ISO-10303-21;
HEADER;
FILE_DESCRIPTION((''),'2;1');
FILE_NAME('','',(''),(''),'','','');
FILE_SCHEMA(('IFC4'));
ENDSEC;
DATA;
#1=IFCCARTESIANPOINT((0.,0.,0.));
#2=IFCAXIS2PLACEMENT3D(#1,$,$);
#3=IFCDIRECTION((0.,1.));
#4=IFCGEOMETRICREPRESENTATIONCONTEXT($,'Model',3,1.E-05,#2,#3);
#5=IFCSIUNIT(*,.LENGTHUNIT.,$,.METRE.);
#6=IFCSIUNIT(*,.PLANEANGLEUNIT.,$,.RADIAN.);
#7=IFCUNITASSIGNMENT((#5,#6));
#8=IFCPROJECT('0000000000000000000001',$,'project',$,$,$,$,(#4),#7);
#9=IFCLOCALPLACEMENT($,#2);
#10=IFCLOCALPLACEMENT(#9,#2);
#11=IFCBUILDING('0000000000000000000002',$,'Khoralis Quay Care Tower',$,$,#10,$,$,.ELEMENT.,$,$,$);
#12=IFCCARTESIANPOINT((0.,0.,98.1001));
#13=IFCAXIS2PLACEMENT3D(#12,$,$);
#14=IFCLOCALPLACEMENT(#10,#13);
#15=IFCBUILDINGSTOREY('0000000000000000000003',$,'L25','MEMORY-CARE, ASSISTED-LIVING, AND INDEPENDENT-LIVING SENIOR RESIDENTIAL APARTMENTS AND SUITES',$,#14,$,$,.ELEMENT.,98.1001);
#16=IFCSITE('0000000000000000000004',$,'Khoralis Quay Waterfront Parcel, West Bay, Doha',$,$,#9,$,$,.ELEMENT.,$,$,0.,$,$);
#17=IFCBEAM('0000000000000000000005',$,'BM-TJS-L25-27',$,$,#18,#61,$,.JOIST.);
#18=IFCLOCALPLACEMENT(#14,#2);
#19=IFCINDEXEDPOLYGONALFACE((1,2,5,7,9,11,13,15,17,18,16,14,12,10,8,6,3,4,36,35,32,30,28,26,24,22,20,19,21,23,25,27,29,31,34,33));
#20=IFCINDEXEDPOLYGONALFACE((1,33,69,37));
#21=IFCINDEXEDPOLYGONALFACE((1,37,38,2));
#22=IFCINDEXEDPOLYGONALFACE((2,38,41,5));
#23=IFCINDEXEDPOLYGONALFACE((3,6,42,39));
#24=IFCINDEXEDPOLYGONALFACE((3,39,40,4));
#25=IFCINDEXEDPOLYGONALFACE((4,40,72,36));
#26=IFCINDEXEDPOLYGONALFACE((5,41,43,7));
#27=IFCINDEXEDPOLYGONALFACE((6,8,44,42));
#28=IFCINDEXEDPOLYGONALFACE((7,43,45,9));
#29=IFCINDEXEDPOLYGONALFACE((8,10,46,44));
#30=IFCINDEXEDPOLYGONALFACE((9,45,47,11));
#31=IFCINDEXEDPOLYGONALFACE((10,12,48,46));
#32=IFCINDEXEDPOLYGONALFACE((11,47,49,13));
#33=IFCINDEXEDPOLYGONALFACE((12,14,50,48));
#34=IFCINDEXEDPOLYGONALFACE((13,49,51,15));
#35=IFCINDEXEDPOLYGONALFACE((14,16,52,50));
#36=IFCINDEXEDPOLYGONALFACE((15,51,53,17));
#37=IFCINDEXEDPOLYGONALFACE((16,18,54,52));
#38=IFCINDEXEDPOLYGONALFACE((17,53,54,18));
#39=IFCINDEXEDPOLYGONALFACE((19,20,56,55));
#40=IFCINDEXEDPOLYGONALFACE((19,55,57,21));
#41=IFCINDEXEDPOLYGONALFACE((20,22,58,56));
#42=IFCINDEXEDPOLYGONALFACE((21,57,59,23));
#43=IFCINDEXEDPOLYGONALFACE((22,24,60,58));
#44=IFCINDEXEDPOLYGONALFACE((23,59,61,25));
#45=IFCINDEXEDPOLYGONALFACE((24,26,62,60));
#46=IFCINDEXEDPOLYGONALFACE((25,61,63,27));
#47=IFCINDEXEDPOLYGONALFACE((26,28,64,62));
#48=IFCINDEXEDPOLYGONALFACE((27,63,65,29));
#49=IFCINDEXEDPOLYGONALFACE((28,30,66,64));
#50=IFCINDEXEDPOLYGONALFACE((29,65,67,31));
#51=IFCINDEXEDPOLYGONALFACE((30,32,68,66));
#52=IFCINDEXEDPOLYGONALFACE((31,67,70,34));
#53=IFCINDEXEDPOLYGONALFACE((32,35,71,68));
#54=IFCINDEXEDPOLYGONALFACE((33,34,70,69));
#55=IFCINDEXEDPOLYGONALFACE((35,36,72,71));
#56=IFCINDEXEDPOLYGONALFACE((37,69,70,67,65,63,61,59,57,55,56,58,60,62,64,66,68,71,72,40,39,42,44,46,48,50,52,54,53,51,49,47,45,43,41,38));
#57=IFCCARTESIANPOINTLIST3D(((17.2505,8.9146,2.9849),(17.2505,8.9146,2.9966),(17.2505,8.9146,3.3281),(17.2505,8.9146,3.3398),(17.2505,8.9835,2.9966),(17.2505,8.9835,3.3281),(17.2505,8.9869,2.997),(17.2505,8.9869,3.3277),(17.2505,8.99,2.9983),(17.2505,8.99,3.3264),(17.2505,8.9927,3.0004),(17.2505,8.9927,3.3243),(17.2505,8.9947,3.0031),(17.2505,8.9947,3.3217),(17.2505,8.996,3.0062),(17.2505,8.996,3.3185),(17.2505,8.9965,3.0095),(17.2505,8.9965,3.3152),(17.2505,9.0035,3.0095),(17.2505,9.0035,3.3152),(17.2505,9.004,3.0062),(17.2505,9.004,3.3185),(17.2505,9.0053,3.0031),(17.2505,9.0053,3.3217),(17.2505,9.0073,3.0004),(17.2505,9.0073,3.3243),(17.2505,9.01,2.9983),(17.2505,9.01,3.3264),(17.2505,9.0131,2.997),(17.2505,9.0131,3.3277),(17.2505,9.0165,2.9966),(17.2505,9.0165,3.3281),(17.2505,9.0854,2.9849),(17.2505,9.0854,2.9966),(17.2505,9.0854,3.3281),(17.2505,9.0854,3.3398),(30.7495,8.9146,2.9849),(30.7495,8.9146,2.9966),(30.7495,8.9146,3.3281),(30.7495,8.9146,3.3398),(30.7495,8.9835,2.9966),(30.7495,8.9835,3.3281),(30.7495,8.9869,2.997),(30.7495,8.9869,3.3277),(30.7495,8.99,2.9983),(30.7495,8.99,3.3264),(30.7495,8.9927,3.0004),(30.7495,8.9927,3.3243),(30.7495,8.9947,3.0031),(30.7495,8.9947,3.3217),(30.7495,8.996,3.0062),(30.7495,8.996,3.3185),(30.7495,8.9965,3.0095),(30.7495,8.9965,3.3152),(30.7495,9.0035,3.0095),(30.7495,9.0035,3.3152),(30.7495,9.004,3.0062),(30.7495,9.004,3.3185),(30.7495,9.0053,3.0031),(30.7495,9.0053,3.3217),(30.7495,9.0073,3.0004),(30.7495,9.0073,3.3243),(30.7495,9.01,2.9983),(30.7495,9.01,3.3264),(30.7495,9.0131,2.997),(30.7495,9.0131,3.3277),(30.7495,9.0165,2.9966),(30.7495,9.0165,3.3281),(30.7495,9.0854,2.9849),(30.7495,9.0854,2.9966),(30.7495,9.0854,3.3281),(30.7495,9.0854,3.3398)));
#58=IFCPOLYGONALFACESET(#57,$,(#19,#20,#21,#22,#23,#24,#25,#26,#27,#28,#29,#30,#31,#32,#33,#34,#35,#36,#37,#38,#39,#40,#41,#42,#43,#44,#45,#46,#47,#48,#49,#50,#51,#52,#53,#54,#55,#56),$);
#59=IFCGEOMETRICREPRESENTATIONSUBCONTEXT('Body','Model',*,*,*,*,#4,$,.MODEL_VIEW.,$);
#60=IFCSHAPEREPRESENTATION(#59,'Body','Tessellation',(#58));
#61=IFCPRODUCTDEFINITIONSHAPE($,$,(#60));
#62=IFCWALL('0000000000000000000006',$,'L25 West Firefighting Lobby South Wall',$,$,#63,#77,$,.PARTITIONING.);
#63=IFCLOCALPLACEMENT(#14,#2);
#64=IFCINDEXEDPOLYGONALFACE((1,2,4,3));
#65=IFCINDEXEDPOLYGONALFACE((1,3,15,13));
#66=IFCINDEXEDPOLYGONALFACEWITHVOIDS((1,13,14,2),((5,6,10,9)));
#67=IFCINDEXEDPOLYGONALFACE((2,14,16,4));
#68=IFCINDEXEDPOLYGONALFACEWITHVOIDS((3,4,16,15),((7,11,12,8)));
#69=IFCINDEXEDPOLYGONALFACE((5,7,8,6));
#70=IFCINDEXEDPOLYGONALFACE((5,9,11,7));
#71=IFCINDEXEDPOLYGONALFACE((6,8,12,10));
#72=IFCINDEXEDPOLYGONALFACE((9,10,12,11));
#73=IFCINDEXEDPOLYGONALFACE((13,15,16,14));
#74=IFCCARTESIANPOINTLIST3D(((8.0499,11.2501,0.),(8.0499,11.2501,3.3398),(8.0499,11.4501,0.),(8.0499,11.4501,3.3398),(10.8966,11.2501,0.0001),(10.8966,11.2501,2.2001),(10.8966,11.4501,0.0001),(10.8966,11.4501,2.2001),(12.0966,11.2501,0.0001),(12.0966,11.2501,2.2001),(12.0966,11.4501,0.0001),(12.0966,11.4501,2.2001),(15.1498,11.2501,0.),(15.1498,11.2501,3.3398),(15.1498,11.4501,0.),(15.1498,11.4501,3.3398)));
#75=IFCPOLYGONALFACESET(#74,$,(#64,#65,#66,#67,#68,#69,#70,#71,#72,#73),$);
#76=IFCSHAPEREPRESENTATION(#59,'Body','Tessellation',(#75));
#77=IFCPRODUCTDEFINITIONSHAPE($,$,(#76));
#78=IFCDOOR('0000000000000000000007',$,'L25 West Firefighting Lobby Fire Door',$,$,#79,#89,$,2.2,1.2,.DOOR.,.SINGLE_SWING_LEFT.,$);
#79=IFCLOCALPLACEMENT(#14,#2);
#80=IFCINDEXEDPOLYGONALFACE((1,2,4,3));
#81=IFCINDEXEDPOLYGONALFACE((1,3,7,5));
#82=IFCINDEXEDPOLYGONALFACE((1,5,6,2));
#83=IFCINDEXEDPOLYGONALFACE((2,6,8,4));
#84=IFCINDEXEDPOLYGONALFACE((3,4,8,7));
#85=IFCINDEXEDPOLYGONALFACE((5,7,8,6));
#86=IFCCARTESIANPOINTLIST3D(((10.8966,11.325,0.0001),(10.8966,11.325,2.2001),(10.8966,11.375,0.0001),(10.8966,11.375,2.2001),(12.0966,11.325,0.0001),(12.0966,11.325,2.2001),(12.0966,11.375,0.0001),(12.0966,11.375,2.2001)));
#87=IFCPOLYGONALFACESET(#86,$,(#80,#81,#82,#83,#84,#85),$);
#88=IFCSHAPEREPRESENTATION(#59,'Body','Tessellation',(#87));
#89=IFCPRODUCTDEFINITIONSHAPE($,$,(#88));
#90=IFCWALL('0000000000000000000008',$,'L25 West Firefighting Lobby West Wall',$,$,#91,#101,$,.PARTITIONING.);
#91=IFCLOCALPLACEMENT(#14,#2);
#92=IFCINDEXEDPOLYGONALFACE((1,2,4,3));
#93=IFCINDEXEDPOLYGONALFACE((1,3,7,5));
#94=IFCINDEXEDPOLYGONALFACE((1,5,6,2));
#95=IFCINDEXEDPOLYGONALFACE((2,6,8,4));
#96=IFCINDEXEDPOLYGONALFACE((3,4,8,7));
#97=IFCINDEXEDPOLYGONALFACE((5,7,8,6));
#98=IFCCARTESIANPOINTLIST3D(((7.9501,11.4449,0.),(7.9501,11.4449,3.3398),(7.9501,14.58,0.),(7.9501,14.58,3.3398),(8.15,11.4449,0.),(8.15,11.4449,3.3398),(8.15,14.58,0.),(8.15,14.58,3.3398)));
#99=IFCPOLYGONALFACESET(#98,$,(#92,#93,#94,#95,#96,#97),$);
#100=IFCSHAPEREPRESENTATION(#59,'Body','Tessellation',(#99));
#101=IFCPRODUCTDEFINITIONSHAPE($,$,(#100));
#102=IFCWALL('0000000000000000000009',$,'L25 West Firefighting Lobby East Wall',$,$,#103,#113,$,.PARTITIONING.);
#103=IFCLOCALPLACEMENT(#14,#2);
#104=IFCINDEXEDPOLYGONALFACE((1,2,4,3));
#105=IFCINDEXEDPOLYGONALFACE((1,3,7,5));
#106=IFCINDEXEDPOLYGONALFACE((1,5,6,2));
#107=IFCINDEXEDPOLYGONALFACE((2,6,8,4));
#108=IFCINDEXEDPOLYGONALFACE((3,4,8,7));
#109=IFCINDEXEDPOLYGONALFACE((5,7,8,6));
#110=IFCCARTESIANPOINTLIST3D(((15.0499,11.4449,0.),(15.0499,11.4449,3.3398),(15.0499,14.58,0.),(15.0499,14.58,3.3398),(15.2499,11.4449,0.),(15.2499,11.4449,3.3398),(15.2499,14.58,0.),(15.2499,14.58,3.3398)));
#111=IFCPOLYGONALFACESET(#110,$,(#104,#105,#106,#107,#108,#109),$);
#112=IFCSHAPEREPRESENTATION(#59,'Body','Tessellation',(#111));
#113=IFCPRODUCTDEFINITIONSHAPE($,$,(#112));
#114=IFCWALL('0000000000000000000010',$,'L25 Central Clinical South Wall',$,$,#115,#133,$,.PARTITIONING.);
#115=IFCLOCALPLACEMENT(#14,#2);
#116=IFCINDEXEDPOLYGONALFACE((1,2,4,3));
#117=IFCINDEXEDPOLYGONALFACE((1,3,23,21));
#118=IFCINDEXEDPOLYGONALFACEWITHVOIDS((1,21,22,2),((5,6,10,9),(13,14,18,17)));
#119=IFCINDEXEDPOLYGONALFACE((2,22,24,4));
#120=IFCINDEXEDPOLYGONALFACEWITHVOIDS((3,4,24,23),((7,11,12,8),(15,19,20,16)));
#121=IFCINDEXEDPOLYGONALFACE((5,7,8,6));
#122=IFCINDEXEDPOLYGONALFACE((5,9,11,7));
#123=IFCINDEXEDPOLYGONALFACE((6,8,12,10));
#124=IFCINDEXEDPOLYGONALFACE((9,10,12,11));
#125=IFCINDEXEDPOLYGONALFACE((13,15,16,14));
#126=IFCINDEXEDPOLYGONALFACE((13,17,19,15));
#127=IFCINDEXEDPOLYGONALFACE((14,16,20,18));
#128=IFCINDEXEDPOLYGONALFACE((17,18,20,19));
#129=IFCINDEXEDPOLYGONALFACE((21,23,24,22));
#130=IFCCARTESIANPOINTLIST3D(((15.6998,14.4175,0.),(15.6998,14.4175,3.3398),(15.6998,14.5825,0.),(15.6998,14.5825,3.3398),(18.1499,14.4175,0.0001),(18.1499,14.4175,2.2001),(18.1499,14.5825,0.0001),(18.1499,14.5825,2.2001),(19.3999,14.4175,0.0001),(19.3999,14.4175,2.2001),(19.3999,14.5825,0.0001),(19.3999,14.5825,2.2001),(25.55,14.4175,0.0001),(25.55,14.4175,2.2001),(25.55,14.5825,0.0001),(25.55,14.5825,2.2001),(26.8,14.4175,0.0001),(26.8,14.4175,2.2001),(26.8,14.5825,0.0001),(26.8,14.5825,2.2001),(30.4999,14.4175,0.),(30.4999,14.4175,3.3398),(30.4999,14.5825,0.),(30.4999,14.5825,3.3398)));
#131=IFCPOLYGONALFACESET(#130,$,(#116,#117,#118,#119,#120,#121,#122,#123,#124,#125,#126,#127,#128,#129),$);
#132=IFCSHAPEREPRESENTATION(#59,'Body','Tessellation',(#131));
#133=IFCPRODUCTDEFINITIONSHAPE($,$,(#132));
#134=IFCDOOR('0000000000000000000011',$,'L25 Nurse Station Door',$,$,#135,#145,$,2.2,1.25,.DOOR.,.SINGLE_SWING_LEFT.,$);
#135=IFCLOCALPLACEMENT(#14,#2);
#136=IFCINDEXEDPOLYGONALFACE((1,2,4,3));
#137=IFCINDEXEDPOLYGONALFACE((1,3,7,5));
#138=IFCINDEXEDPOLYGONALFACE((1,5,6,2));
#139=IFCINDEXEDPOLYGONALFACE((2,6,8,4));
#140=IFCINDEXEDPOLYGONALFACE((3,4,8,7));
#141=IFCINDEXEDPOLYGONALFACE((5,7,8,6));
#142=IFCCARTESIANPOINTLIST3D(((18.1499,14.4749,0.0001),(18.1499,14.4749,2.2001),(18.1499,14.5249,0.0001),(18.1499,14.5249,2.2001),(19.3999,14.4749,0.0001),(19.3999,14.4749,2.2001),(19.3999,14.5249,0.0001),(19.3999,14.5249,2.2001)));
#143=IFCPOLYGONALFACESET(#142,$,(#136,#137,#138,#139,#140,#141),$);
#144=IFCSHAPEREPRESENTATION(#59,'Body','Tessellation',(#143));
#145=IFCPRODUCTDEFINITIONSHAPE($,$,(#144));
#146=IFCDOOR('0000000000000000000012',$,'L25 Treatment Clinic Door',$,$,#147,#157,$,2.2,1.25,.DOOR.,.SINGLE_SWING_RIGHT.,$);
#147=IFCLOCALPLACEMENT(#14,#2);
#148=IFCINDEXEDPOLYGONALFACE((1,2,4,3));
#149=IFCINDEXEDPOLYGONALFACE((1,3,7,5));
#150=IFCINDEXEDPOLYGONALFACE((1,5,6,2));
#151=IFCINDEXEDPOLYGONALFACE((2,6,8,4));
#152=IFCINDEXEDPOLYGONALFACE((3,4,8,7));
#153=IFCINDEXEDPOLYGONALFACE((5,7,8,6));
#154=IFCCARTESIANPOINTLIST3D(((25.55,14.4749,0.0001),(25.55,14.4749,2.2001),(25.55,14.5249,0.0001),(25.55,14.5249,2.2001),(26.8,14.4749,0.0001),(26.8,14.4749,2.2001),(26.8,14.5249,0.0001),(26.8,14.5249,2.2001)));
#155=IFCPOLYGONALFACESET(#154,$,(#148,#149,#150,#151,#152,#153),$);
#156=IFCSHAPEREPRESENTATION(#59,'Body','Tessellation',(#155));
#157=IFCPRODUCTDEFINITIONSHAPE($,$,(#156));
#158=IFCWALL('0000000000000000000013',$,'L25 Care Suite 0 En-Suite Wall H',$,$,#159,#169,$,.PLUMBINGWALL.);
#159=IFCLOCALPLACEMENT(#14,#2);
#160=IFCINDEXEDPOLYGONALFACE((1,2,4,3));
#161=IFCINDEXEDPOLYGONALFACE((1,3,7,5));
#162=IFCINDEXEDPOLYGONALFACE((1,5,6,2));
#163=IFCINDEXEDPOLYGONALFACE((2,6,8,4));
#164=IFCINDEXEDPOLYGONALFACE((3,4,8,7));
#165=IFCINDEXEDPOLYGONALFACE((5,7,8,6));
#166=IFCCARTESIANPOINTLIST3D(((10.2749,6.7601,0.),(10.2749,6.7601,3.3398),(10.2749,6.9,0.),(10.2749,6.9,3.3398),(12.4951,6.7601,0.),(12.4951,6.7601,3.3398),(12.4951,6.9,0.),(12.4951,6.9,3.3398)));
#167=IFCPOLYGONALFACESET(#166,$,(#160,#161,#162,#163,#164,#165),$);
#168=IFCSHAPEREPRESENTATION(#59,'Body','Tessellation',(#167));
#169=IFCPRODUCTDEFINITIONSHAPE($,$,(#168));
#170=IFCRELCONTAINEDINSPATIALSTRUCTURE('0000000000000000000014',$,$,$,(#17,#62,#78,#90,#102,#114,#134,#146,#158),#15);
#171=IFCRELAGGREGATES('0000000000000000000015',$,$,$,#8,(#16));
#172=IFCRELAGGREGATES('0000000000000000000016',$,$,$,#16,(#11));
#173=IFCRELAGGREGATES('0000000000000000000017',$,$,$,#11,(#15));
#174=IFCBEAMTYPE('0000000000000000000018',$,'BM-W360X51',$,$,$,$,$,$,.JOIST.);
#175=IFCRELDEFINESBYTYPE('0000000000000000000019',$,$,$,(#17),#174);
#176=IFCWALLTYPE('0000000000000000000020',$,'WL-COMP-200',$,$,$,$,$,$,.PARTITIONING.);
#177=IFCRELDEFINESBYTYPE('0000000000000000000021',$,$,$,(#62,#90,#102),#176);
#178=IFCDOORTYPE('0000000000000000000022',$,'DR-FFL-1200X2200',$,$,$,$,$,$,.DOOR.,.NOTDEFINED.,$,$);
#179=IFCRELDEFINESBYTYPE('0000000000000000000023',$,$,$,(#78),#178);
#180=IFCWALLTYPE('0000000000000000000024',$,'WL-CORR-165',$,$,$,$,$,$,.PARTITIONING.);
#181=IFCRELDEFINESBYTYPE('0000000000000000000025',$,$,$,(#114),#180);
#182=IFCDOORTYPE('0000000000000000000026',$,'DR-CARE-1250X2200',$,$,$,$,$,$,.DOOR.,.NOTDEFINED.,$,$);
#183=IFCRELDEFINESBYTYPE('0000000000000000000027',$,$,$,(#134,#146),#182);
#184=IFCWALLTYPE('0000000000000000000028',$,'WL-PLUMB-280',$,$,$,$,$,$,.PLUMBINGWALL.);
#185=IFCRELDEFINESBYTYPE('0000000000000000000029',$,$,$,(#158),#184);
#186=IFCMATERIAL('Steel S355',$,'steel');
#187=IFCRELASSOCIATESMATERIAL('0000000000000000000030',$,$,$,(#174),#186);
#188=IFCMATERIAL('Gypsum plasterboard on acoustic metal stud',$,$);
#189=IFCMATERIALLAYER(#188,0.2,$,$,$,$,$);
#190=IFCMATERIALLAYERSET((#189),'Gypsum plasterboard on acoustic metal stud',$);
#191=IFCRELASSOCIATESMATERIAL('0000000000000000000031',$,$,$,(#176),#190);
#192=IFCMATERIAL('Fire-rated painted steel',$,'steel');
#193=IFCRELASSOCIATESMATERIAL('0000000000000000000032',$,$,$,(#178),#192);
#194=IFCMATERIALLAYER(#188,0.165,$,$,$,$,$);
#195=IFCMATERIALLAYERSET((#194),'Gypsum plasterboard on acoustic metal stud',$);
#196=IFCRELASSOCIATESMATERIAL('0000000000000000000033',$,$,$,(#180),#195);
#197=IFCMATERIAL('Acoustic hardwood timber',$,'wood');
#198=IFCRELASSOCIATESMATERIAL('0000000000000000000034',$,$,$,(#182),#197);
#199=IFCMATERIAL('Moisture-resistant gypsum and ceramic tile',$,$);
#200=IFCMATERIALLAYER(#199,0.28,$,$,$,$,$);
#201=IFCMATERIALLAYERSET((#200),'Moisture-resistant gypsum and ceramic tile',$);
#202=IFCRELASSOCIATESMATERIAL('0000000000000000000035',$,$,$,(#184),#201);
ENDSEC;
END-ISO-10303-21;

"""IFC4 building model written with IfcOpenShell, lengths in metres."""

from ifc_helpers import new_model, si_unit, direction, frame, frame_2d, origin, origin_2d, place, context, subcontext, project, spatial, rectangle, i_section, extrude, source, transform, mapped, material, layer, layer_set, material_profile, profile_set, type_object, element, fill, save


model = new_model("IFC4")

# Units and contexts
model_context = context("Model", 3, precision=1e-05, world=origin(), true_north=direction((0.0, 1.0)))
body_context = subcontext(model_context, "Body", "Model", "MODEL_VIEW")
ifc_project = project(units=[si_unit("LENGTHUNIT", "METRE"), si_unit("PLANEANGLEUNIT", "RADIAN")], contexts=[model_context])

# Site, building, storey
site_placement = place(None, origin())
site = spatial("IfcSite", under=ifc_project, at=site_placement, Name="Khoralis Quay Waterfront Parcel, West Bay, Doha", CompositionType="ELEMENT", RefElevation=0.0)
building_placement = place(site_placement, origin())
building = spatial("IfcBuilding", under=site, at=building_placement, Name="Khoralis Quay Care Tower", CompositionType="ELEMENT")
storey_placement = place(building_placement, frame((0.0, 0.0, 98.1001)))
storey = spatial("IfcBuildingStorey", under=building, at=storey_placement, Name="L25", Description="MEMORY-CARE, ASSISTED-LIVING, AND INDEPENDENT-LIVING SENIOR RESIDENTIAL APARTMENTS AND SUITES", CompositionType="ELEMENT", Elevation=98.1001)

# Beam
ifc_material_1 = material(Name="Steel S355", Category="steel")
ifc_material_profile_1 = material_profile(ifc_material_1, i_section(OverallWidth=0.1709, OverallDepth=0.355, WebThickness=0.0071, FlangeThickness=0.0117, FilletRadius=0.0129, at=origin_2d()), Name="Steel S355")
ifc_profile_set_1 = profile_set([ifc_material_profile_1], Name="Steel S355")
beam_type_1 = type_object("IfcBeamType", Name="BM-W360X51", PredefinedType="JOIST", material=ifc_profile_set_1)
shared_shape_1 = source(origin(), body_context, "Body", "SweptSolid", [
    extrude(i_section(OverallWidth=0.1709, OverallDepth=0.355, WebThickness=0.0071, FlangeThickness=0.0117, FilletRadius=0.0129, at=origin_2d()), origin(), (0.0, 0.0, 1.0), 13.499),
])
beam_1_placement = place(storey_placement, frame((17.2505, 9.0, 3.1624), z_axis=(1.0, 0.0, 0.0), x_axis=(0.0, 1.0, 0.0)))
element("IfcBeam", 1, at=beam_1_placement, inside=storey, type_object=beam_type_1, Name="BM-TJS-L25-27", PredefinedType="JOIST", context=body_context, shape_type="MappedRepresentation", body=[
    mapped(shared_shape_1, transform((0.0, 0.0, 0.0), scale=1.0)),
])

# Wall, opening, door
ifc_material_2 = material(Name="Gypsum plasterboard on acoustic metal stud")
ifc_layer_1 = layer(ifc_material_2, 0.2)
ifc_layer_set_1 = layer_set([ifc_layer_1], Name="Gypsum plasterboard on acoustic metal stud")
wall_type_1 = type_object("IfcWallType", Name="WL-COMP-200", PredefinedType="PARTITIONING", material=ifc_layer_set_1)
wall_1_placement = place(storey_placement, frame((8.05, 11.3501, 0.0), z_axis=(0.0, 0.0, 1.0), x_axis=(1.0, 0.0, 0.0)))
wall_1 = element("IfcWall", 2, at=wall_1_placement, inside=storey, type_object=wall_type_1, Name="L25 West Firefighting Lobby South Wall", PredefinedType="PARTITIONING", context=body_context, shape_type="SweptSolid", body=[
    extrude(rectangle(XDim=7.0999, YDim=0.2, at=frame_2d((3.5498, 0.0))), origin(), (0.0, 0.0, 1.0), 3.3398),
])
opening_1_placement = place(wall_1_placement, frame((2.8464, 0.0, 0.0)))
opening_1 = element("IfcOpeningElement", 3, at=opening_1_placement, cuts=wall_1, PredefinedType="OPENING", context=body_context, shape_type="SweptSolid", body=[
    extrude(rectangle(XDim=1.2, YDim=2.2, at=frame_2d((0.6001, 1.1001))), frame((0.0, 0.1099, 0.0), z_axis=(0.0, -1.0, 0.0), x_axis=(1.0, 0.0, 0.0)), (0.0, 0.0, 1.0), 0.22),
])
ifc_material_3 = material(Name="Fire-rated painted steel", Category="steel")
door_type_1 = type_object("IfcDoorType", Name="DR-FFL-1200X2200", OperationType="NOTDEFINED", PredefinedType="DOOR", material=ifc_material_3)
shared_shape_2 = source(origin(), body_context, "Body", "SweptSolid", [
    extrude(rectangle(XDim=1.2, YDim=2.2, at=frame_2d((0.6001, 1.1001))), frame((0.0, 0.0249, 0.0), z_axis=(0.0, -1.0, 0.0), x_axis=(1.0, 0.0, 0.0)), (0.0, 0.0, 1.0), 0.05),
])
door_1_placement = place(opening_1_placement, origin())
door_1 = element("IfcDoor", 4, at=door_1_placement, inside=storey, type_object=door_type_1, Name="L25 West Firefighting Lobby Fire Door", OperationType="SINGLE_SWING_LEFT", OverallHeight=2.2, OverallWidth=1.2, PredefinedType="DOOR", context=body_context, shape_type="MappedRepresentation", body=[
    mapped(shared_shape_2, transform((0.0, 0.0, 0.0), scale=1.0)),
])
fill(opening_1, door_1)

# Walls
for number, where, z_axis, x_axis, name in (
    (5, (8.05, 11.4451, 0.0), (0.0, 0.0, 1.0), (0.0, 1.0, 0.0), "L25 West Firefighting Lobby West Wall"),
    (6, (15.1499, 11.4451, 0.0), (0.0, 0.0, 1.0), (0.0, 1.0, 0.0), "L25 West Firefighting Lobby East Wall"),
):
    element("IfcWall", number, at=place(storey_placement, frame(where, z_axis=z_axis, x_axis=x_axis)), inside=storey, type_object=wall_type_1, Name=name, PredefinedType="PARTITIONING", context=body_context, shape_type="SweptSolid", body=[
        extrude(rectangle(XDim=3.135, YDim=0.2, at=frame_2d((1.5674, 0.0))), origin(), (0.0, 0.0, 1.0), 3.3398),
    ])

# Wall, openings, doors
ifc_layer_2 = layer(ifc_material_2, 0.165)
ifc_layer_set_2 = layer_set([ifc_layer_2], Name="Gypsum plasterboard on acoustic metal stud")
wall_type_2 = type_object("IfcWallType", Name="WL-CORR-165", PredefinedType="PARTITIONING", material=ifc_layer_set_2)
wall_2_placement = place(storey_placement, frame((15.7, 14.5, 0.0), z_axis=(0.0, 0.0, 1.0), x_axis=(1.0, 0.0, 0.0)))
wall_2 = element("IfcWall", 7, at=wall_2_placement, inside=storey, type_object=wall_type_2, Name="L25 Central Clinical South Wall", PredefinedType="PARTITIONING", context=body_context, shape_type="SweptSolid", body=[
    extrude(rectangle(XDim=14.8, YDim=0.165, at=frame_2d((7.3999, 0.0))), origin(), (0.0, 0.0, 1.0), 3.3398),
])
opening_2_placement = place(wall_2_placement, frame((2.45, 0.0, 0.0)))
opening_2 = element("IfcOpeningElement", 8, at=opening_2_placement, cuts=wall_2, PredefinedType="OPENING", context=body_context, shape_type="SweptSolid", body=[
    extrude(rectangle(XDim=1.25, YDim=2.2, at=frame_2d((0.625, 1.1001))), frame((0.0, 0.0925, 0.0), z_axis=(0.0, -1.0, 0.0), x_axis=(1.0, 0.0, 0.0)), (0.0, 0.0, 1.0), 0.1851),
])
opening_3_placement = place(wall_2_placement, frame((9.8501, 0.0, 0.0)))
opening_3 = element("IfcOpeningElement", 9, at=opening_3_placement, cuts=wall_2, PredefinedType="OPENING", context=body_context, shape_type="SweptSolid", body=[
    extrude(rectangle(XDim=1.25, YDim=2.2, at=frame_2d((0.625, 1.1001))), frame((0.0, 0.0925, 0.0), z_axis=(0.0, -1.0, 0.0), x_axis=(1.0, 0.0, 0.0)), (0.0, 0.0, 1.0), 0.1851),
])
ifc_material_4 = material(Name="Acoustic hardwood timber", Category="wood")
door_type_2 = type_object("IfcDoorType", Name="DR-CARE-1250X2200", OperationType="NOTDEFINED", PredefinedType="DOOR", material=ifc_material_4)
shared_shape_3 = source(origin(), body_context, "Body", "SweptSolid", [
    extrude(rectangle(XDim=1.25, YDim=2.2, at=frame_2d((0.625, 1.1001))), frame((0.0, 0.0249, 0.0), z_axis=(0.0, -1.0, 0.0), x_axis=(1.0, 0.0, 0.0)), (0.0, 0.0, 1.0), 0.05),
])
door_2_placement = place(opening_2_placement, origin())
door_2 = element("IfcDoor", 10, at=door_2_placement, inside=storey, type_object=door_type_2, Name="L25 Nurse Station Door", OperationType="SINGLE_SWING_LEFT", OverallHeight=2.2, OverallWidth=1.25, PredefinedType="DOOR", context=body_context, shape_type="MappedRepresentation", body=[
    mapped(shared_shape_3, transform((0.0, 0.0, 0.0), scale=1.0)),
])
fill(opening_2, door_2)
door_3_placement = place(opening_3_placement, origin())
door_3 = element("IfcDoor", 11, at=door_3_placement, inside=storey, type_object=door_type_2, Name="L25 Treatment Clinic Door", OperationType="SINGLE_SWING_RIGHT", OverallHeight=2.2, OverallWidth=1.25, PredefinedType="DOOR", context=body_context, shape_type="MappedRepresentation", body=[
    mapped(shared_shape_3, transform((0.0, 0.0, 0.0), scale=1.0)),
])
fill(opening_3, door_3)

# Wall
ifc_material_5 = material(Name="Moisture-resistant gypsum and ceramic tile")
ifc_layer_3 = layer(ifc_material_5, 0.28)
ifc_layer_set_3 = layer_set([ifc_layer_3], Name="Moisture-resistant gypsum and ceramic tile")
wall_type_3 = type_object("IfcWallType", Name="WL-PLUMB-280", PredefinedType="PLUMBINGWALL", material=ifc_layer_set_3)
wall_3_placement = place(storey_placement, frame((10.2749, 6.8301, 0.0), z_axis=(0.0, 0.0, 1.0), x_axis=(1.0, 0.0, 0.0)))
element("IfcWall", 12, at=wall_3_placement, inside=storey, type_object=wall_type_3, Name="L25 Care Suite 0 En-Suite Wall H", PredefinedType="PLUMBINGWALL", context=body_context, shape_type="SweptSolid", body=[
    extrude(rectangle(XDim=2.2202, YDim=0.1399, at=frame_2d((1.1101, 0.0))), origin(), (0.0, 0.0, 1.0), 3.3398),
])

save(model, "model.ifc")
